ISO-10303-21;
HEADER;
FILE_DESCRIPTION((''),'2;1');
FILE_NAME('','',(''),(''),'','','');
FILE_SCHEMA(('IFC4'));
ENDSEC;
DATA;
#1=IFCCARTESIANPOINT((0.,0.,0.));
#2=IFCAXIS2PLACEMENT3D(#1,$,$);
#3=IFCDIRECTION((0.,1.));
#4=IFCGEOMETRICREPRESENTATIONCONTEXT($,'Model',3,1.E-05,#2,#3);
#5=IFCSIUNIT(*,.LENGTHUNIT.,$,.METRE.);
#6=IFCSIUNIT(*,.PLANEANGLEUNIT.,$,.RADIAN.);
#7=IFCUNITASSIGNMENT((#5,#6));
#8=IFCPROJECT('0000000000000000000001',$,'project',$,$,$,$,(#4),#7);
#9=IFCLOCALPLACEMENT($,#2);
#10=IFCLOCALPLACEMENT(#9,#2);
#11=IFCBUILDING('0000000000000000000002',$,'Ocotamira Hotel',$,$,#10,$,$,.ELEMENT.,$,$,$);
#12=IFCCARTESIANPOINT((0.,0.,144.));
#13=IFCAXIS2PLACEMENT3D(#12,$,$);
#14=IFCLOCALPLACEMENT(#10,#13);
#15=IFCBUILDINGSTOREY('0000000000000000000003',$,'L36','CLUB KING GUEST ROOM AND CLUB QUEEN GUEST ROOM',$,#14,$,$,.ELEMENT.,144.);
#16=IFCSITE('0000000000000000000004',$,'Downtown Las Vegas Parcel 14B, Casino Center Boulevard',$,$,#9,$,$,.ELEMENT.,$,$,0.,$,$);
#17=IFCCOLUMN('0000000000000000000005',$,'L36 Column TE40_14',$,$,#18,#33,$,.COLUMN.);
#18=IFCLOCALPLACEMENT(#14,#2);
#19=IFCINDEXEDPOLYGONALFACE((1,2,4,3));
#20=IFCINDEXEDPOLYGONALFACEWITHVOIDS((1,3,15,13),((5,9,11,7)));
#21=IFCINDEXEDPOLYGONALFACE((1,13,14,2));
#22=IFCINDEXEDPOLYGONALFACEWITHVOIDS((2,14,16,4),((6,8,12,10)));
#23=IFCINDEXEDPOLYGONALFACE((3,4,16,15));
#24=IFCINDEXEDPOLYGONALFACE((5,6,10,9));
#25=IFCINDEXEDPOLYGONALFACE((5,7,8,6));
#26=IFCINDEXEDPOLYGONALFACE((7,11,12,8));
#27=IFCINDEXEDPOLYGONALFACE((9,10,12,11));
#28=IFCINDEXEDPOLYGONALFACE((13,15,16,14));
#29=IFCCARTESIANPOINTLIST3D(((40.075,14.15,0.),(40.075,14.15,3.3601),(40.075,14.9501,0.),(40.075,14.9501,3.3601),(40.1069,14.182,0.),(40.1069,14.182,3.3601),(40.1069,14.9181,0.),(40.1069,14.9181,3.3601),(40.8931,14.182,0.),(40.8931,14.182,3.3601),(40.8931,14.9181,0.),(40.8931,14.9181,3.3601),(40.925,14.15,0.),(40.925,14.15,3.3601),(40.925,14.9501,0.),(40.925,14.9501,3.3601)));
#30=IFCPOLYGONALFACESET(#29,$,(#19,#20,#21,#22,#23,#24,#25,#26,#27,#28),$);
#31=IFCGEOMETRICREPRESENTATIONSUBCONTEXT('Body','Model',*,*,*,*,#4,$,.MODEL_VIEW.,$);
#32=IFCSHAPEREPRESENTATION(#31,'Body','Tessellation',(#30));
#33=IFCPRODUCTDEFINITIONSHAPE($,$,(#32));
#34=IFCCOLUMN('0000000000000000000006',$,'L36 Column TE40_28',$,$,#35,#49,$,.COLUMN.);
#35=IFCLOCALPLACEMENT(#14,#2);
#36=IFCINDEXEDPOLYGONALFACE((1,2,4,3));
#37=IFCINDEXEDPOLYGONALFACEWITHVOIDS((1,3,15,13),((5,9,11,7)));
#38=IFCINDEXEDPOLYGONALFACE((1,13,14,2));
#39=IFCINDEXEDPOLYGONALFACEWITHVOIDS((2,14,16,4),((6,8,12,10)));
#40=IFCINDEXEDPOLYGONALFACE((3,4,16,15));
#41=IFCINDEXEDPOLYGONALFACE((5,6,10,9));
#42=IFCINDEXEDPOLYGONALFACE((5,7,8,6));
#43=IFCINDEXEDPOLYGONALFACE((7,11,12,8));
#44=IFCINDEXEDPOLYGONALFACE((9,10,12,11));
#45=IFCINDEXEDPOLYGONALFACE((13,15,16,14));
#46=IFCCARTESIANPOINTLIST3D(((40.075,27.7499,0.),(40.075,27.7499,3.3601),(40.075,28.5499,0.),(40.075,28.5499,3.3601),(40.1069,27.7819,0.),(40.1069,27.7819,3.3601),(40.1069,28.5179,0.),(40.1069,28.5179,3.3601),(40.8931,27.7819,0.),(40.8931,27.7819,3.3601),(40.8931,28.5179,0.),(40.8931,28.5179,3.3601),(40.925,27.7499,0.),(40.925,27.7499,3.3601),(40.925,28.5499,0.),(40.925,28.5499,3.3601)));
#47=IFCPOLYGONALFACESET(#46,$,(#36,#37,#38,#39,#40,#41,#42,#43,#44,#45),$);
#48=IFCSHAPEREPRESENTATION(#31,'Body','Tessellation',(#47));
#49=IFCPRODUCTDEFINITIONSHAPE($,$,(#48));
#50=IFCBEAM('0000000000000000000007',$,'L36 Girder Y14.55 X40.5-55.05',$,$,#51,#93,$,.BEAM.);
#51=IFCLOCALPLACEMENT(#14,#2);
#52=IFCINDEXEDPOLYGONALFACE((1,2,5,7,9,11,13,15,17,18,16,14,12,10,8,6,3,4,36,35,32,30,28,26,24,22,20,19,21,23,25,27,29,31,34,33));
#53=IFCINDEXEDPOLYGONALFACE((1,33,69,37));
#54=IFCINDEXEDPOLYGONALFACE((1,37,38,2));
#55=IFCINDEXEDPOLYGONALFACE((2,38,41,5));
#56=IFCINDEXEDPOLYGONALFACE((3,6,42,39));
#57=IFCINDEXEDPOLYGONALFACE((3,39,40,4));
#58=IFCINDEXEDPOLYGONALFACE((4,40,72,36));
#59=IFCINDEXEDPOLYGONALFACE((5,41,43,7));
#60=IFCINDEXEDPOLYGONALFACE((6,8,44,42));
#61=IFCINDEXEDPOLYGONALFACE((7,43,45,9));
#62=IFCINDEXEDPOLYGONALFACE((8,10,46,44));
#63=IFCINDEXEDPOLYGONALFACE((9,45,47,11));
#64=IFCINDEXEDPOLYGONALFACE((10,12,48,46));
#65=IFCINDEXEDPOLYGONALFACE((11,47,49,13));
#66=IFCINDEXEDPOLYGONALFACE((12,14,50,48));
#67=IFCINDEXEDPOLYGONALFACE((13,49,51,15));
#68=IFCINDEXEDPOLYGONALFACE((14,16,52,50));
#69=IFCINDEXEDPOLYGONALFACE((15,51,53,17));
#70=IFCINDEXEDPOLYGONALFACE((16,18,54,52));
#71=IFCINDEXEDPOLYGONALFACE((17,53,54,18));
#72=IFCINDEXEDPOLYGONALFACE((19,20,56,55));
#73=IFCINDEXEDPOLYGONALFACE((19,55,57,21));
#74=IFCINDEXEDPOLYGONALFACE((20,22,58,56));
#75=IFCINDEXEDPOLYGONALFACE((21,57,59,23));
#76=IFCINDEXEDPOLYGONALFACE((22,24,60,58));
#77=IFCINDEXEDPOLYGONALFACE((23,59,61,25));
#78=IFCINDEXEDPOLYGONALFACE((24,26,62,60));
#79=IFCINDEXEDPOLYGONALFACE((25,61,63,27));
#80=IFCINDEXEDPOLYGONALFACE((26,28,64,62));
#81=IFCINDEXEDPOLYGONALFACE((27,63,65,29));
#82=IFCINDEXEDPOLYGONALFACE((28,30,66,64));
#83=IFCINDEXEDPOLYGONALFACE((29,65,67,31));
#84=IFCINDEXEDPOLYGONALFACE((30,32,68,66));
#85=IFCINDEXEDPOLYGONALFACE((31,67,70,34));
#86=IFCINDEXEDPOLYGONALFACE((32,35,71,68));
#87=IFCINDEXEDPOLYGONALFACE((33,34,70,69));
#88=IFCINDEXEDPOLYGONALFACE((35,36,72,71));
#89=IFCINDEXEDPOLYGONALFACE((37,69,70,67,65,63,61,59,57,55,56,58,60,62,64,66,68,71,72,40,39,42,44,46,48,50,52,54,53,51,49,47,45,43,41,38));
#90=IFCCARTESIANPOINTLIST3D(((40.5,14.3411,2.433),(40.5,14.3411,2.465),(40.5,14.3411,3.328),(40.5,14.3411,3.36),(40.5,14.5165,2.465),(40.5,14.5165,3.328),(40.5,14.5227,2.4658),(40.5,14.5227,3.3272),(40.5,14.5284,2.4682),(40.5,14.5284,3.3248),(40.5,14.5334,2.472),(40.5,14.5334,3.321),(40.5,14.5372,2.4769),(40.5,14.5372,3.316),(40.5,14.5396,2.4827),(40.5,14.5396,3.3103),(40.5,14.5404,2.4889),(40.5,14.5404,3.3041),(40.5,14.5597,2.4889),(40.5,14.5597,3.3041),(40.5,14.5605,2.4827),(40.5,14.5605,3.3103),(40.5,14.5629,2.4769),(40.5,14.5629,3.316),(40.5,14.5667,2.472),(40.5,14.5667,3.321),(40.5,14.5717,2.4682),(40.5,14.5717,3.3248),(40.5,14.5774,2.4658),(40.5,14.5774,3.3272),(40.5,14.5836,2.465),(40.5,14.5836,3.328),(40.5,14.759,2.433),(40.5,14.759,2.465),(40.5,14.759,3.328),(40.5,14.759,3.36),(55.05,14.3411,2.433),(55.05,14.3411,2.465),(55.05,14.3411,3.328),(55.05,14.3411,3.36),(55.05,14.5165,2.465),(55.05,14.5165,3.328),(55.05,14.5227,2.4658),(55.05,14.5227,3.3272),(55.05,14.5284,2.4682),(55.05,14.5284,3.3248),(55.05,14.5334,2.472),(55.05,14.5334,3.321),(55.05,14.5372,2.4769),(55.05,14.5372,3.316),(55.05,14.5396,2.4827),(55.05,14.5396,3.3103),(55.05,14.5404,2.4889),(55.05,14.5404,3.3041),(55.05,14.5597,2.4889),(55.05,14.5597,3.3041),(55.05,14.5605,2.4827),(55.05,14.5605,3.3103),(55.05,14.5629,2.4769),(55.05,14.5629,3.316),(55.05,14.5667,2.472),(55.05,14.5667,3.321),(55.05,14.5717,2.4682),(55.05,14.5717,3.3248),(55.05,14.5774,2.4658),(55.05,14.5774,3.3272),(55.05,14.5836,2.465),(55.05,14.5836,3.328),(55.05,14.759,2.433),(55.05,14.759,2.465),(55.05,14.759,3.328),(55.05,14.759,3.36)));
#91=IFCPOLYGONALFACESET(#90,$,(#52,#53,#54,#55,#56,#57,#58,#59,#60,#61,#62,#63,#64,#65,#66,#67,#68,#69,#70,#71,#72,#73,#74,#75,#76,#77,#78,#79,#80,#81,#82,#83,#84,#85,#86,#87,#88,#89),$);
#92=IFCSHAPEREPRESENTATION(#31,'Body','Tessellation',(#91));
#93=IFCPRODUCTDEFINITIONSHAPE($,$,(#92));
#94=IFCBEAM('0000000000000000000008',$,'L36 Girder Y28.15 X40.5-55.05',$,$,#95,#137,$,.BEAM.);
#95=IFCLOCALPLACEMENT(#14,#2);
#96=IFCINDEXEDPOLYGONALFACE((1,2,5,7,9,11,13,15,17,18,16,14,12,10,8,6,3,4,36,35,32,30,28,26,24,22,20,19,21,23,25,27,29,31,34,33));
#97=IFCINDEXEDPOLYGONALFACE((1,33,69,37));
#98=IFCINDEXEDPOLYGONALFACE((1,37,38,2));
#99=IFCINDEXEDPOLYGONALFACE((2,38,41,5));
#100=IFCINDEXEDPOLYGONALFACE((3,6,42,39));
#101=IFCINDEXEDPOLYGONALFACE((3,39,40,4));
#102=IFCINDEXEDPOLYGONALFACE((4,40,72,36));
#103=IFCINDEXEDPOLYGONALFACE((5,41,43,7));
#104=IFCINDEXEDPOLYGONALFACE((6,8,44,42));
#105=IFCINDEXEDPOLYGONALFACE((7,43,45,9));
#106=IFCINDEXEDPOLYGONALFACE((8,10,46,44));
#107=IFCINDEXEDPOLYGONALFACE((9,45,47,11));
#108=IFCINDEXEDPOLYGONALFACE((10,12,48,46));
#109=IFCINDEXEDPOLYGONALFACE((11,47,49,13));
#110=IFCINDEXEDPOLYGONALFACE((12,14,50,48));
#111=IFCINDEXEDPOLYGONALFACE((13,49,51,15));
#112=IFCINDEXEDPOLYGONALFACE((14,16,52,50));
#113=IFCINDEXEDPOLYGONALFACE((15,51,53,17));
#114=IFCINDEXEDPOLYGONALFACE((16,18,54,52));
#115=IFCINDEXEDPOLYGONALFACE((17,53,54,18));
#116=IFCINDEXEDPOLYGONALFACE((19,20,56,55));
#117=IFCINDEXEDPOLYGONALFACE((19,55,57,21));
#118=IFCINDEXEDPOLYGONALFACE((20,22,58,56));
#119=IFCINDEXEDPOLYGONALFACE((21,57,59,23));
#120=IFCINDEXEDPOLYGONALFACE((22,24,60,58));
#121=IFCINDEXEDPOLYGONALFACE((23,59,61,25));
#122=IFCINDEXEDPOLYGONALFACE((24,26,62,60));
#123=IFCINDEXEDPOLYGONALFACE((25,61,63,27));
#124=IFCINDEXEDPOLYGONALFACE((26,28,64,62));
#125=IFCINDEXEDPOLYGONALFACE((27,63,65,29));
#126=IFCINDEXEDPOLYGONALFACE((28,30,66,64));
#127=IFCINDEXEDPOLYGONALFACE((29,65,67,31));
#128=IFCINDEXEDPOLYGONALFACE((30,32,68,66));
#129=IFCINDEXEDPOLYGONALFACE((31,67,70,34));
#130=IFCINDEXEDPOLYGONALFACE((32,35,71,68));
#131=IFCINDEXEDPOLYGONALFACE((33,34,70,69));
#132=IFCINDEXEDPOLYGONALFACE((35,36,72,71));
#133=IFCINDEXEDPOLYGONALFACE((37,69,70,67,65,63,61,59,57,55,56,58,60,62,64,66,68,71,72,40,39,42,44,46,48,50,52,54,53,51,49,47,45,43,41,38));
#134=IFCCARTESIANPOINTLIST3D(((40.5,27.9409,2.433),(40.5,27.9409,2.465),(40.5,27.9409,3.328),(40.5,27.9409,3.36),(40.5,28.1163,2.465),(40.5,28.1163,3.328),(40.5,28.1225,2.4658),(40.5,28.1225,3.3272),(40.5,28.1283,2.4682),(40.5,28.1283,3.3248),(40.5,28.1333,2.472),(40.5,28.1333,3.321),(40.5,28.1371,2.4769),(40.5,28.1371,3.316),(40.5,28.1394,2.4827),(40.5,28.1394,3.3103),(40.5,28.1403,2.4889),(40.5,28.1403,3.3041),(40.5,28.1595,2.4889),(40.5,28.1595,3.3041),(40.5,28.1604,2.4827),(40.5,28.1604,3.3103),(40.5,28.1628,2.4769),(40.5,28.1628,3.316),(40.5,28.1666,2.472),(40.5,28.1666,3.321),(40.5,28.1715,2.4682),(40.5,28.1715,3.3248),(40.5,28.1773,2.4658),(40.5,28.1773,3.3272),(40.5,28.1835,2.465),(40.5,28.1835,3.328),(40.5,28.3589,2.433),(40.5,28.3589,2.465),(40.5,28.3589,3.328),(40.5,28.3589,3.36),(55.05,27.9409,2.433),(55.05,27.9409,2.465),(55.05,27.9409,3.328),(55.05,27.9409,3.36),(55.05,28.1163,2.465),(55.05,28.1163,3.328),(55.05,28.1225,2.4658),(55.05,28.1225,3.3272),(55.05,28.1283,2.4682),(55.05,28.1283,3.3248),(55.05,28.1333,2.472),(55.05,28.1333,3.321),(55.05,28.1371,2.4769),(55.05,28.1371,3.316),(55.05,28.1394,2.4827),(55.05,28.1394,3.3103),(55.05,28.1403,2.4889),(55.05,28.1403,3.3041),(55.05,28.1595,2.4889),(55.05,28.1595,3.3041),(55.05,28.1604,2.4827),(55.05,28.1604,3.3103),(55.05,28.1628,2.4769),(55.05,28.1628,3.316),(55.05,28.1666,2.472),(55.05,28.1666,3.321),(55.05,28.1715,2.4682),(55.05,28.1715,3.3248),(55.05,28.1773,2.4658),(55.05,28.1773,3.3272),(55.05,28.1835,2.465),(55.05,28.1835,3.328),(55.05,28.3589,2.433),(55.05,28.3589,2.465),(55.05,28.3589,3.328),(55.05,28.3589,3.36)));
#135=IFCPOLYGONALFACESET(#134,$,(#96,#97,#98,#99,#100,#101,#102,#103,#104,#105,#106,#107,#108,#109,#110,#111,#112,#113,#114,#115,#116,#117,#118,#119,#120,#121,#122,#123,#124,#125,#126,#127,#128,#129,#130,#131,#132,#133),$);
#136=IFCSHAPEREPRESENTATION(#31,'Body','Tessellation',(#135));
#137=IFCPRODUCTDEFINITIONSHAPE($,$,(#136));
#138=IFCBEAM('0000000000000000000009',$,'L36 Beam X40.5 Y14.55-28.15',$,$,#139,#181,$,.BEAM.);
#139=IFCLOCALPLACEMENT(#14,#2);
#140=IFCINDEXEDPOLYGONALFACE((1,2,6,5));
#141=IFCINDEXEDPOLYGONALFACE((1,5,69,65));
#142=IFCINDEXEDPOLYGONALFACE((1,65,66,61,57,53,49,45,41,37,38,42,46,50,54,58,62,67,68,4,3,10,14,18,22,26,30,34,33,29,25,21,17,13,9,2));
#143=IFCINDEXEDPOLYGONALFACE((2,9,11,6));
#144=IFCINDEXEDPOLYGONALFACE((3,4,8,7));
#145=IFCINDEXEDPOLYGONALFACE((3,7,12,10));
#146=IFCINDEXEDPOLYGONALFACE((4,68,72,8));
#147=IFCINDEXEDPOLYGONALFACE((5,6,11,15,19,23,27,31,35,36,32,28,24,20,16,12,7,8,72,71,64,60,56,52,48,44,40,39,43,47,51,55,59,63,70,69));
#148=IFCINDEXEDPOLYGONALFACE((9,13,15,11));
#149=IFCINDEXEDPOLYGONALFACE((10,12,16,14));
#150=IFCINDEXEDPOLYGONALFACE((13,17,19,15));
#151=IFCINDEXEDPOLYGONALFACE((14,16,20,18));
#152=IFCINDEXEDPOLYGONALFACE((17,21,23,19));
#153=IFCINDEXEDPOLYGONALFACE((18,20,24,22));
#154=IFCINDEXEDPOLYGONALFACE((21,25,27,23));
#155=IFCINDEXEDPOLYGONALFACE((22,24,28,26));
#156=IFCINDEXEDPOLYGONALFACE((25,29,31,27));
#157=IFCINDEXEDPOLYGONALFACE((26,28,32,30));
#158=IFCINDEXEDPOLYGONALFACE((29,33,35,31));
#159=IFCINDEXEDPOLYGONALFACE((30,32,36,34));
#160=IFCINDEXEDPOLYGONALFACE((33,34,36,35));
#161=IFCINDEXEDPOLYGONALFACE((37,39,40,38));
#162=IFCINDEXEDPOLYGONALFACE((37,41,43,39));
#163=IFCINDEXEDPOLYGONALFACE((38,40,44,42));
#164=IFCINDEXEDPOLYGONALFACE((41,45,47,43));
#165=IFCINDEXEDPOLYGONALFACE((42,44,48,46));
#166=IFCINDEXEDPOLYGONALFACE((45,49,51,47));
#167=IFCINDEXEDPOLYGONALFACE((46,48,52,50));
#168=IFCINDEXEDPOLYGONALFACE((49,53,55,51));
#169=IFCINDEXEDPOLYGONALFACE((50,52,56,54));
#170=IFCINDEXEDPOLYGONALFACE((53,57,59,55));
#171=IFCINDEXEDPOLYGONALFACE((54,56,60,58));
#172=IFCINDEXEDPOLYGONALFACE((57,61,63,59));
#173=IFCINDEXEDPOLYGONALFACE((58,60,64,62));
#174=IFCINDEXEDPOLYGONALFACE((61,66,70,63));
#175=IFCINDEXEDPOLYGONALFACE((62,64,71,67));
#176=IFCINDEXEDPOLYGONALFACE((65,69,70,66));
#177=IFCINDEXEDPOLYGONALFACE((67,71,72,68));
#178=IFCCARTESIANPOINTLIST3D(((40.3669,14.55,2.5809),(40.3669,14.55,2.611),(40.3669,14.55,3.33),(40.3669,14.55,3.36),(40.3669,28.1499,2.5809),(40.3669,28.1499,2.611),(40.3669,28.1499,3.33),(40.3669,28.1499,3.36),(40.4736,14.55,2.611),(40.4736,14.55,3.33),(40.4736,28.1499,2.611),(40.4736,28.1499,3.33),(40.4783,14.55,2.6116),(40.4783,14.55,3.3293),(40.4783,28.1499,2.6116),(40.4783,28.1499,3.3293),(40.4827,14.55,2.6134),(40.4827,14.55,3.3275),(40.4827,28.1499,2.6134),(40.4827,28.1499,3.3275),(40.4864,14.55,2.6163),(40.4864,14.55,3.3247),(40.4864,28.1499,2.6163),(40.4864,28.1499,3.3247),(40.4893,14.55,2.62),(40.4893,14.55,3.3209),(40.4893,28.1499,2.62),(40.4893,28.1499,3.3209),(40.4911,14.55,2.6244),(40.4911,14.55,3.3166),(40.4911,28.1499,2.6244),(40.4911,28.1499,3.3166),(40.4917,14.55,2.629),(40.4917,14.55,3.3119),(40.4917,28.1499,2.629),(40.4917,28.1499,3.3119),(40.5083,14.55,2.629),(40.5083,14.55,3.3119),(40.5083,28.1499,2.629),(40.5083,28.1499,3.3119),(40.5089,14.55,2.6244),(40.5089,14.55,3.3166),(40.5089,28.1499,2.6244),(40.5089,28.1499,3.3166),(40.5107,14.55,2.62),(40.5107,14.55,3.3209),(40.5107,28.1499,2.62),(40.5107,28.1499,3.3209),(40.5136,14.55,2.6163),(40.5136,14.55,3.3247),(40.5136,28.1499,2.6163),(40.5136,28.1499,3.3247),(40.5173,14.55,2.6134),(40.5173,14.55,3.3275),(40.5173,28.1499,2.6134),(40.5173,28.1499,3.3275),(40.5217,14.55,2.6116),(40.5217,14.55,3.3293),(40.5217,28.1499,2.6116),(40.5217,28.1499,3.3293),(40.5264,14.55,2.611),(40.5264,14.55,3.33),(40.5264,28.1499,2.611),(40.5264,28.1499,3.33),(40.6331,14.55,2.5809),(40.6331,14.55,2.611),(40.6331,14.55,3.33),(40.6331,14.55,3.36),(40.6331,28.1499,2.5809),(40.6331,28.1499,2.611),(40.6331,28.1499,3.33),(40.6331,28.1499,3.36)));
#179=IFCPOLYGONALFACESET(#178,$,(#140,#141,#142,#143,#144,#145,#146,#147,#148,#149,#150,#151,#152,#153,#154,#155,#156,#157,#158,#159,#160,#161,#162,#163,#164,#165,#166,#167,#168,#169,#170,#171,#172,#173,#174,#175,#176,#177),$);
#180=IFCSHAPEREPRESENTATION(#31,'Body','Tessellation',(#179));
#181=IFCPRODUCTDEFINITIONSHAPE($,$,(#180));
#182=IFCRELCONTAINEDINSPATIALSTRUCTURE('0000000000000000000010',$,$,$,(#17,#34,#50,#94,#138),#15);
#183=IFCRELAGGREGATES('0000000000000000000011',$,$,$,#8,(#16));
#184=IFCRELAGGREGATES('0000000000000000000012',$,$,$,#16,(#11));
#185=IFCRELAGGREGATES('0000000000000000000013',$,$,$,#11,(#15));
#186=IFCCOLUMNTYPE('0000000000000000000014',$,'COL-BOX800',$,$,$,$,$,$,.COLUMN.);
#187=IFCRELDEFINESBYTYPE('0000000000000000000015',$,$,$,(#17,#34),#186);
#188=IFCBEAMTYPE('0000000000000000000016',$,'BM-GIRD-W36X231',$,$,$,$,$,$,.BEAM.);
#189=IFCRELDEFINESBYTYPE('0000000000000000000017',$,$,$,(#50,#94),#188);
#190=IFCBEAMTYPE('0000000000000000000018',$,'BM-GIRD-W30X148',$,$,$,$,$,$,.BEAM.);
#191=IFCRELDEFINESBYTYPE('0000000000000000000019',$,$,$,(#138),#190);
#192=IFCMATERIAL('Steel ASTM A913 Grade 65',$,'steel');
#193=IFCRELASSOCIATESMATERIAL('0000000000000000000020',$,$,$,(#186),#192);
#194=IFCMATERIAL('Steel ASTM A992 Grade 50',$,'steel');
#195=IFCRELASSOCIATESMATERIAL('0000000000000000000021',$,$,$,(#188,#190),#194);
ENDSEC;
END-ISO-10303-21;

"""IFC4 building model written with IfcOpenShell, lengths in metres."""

from ifc_helpers import new_model, si_unit, direction, frame, origin, origin_2d, place, context, subcontext, project, spatial, hollow_rectangle, i_section, extrude, source, transform, mapped, material, material_profile, profile_set, type_object, element, save


model = new_model("IFC4")

# Units and contexts
model_context = context("Model", 3, precision=1e-05, world=origin(), true_north=direction((0.0, 1.0)))
body_context = subcontext(model_context, "Body", "Model", "MODEL_VIEW")
ifc_project = project(units=[si_unit("LENGTHUNIT", "METRE"), si_unit("PLANEANGLEUNIT", "RADIAN")], contexts=[model_context])

# Site, building, storey
site_placement = place(None, origin())
site = spatial("IfcSite", under=ifc_project, at=site_placement, Name="Downtown Las Vegas Parcel 14B, Casino Center Boulevard", CompositionType="ELEMENT", RefElevation=0.0)
building_placement = place(site_placement, origin())
building = spatial("IfcBuilding", under=site, at=building_placement, Name="Ocotamira Hotel", CompositionType="ELEMENT")
storey_placement = place(building_placement, frame((0.0, 0.0, 144.0)))
storey = spatial("IfcBuildingStorey", under=building, at=storey_placement, Name="L36", Description="CLUB KING GUEST ROOM AND CLUB QUEEN GUEST ROOM", CompositionType="ELEMENT", Elevation=144.0)

# Columns
ifc_material_1 = material(Name="Steel ASTM A913 Grade 65", Category="steel")
ifc_material_profile_1 = material_profile(ifc_material_1, hollow_rectangle(XDim=0.8501, YDim=0.8, WallThickness=0.032, at=origin_2d()), Name="BOX800X850X32")
ifc_profile_set_1 = profile_set([ifc_material_profile_1], Name="Steel ASTM A913 Grade 65")
column_type = type_object("IfcColumnType", Name="COL-BOX800", PredefinedType="COLUMN", material=ifc_profile_set_1)
shared_shape_1 = source(origin(), body_context, "Body", "SweptSolid", [
    extrude(hollow_rectangle(XDim=0.8501, YDim=0.8, WallThickness=0.032, at=origin_2d()), origin(), (0.0, 0.0, 1.0), 3.3601),
])
for number, where, z_axis, x_axis, name in (
    (1, (40.5, 14.55, 0.0), (0.0, 0.0, 1.0), (1.0, 0.0, 0.0), "L36 Column TE40_14"),
    (2, (40.5, 28.1499, 0.0), (0.0, 0.0, 1.0), (1.0, 0.0, 0.0), "L36 Column TE40_28"),
):
    element("IfcColumn", number, at=place(storey_placement, frame(where, z_axis=z_axis, x_axis=x_axis)), inside=storey, type_object=column_type, Name=name, PredefinedType="COLUMN", context=body_context, shape_type="MappedRepresentation", body=[
        mapped(shared_shape_1, transform((0.0, 0.0, 0.0), scale=1.0)),
    ])

# Beams
ifc_material_2 = material(Name="Steel ASTM A992 Grade 50", Category="steel")
ifc_material_profile_2 = material_profile(ifc_material_2, i_section(OverallWidth=0.418, OverallDepth=0.927, WebThickness=0.0193, FlangeThickness=0.032, FilletRadius=0.0239, at=origin_2d()), Name="W36X231")
ifc_profile_set_2 = profile_set([ifc_material_profile_2], Name="Steel ASTM A992 Grade 50")
beam_type_1 = type_object("IfcBeamType", Name="BM-GIRD-W36X231", PredefinedType="BEAM", material=ifc_profile_set_2)
shared_shape_2 = source(origin(), body_context, "Body", "SweptSolid", [
    extrude(i_section(OverallWidth=0.418, OverallDepth=0.927, WebThickness=0.0193, FlangeThickness=0.032, FilletRadius=0.0239, at=origin_2d()), origin(), (0.0, 0.0, 1.0), 14.55),
])
for number, where, z_axis, x_axis, name in (
    (3, (40.5, 14.55, 2.8965), (1.0, 0.0, 0.0), (0.0, 1.0, 0.0), "L36 Girder Y14.55 X40.5-55.05"),
    (4, (40.5, 28.1499, 2.8965), (1.0, 0.0, 0.0), (0.0, 1.0, 0.0), "L36 Girder Y28.15 X40.5-55.05"),
):
    element("IfcBeam", number, at=place(storey_placement, frame(where, z_axis=z_axis, x_axis=x_axis)), inside=storey, type_object=beam_type_1, Name=name, PredefinedType="BEAM", context=body_context, shape_type="MappedRepresentation", body=[
        mapped(shared_shape_2, transform((0.0, 0.0, 0.0), scale=1.0)),
    ])
ifc_material_profile_3 = material_profile(ifc_material_2, i_section(OverallWidth=0.2661, OverallDepth=0.7791, WebThickness=0.0166, FlangeThickness=0.03, FilletRadius=0.0181, at=origin_2d()), Name="W30X148")
ifc_profile_set_3 = profile_set([ifc_material_profile_3], Name="Steel ASTM A992 Grade 50")
beam_type_2 = type_object("IfcBeamType", Name="BM-GIRD-W30X148", PredefinedType="BEAM", material=ifc_profile_set_3)
shared_shape_3 = source(origin(), body_context, "Body", "SweptSolid", [
    extrude(i_section(OverallWidth=0.2661, OverallDepth=0.7791, WebThickness=0.0166, FlangeThickness=0.03, FilletRadius=0.0181, at=origin_2d()), origin(), (0.0, 0.0, 1.0), 13.5999),
])
beam_1_placement = place(storey_placement, frame((40.5, 14.55, 2.9705), z_axis=(0.0, 1.0, 0.0), x_axis=(-1.0, 0.0, 0.0)))
element("IfcBeam", 5, at=beam_1_placement, inside=storey, type_object=beam_type_2, Name="L36 Beam X40.5 Y14.55-28.15", PredefinedType="BEAM", context=body_context, shape_type="MappedRepresentation", body=[
    mapped(shared_shape_3, transform((0.0, 0.0, 0.0), scale=1.0)),
])

save(model, "model.ifc")
